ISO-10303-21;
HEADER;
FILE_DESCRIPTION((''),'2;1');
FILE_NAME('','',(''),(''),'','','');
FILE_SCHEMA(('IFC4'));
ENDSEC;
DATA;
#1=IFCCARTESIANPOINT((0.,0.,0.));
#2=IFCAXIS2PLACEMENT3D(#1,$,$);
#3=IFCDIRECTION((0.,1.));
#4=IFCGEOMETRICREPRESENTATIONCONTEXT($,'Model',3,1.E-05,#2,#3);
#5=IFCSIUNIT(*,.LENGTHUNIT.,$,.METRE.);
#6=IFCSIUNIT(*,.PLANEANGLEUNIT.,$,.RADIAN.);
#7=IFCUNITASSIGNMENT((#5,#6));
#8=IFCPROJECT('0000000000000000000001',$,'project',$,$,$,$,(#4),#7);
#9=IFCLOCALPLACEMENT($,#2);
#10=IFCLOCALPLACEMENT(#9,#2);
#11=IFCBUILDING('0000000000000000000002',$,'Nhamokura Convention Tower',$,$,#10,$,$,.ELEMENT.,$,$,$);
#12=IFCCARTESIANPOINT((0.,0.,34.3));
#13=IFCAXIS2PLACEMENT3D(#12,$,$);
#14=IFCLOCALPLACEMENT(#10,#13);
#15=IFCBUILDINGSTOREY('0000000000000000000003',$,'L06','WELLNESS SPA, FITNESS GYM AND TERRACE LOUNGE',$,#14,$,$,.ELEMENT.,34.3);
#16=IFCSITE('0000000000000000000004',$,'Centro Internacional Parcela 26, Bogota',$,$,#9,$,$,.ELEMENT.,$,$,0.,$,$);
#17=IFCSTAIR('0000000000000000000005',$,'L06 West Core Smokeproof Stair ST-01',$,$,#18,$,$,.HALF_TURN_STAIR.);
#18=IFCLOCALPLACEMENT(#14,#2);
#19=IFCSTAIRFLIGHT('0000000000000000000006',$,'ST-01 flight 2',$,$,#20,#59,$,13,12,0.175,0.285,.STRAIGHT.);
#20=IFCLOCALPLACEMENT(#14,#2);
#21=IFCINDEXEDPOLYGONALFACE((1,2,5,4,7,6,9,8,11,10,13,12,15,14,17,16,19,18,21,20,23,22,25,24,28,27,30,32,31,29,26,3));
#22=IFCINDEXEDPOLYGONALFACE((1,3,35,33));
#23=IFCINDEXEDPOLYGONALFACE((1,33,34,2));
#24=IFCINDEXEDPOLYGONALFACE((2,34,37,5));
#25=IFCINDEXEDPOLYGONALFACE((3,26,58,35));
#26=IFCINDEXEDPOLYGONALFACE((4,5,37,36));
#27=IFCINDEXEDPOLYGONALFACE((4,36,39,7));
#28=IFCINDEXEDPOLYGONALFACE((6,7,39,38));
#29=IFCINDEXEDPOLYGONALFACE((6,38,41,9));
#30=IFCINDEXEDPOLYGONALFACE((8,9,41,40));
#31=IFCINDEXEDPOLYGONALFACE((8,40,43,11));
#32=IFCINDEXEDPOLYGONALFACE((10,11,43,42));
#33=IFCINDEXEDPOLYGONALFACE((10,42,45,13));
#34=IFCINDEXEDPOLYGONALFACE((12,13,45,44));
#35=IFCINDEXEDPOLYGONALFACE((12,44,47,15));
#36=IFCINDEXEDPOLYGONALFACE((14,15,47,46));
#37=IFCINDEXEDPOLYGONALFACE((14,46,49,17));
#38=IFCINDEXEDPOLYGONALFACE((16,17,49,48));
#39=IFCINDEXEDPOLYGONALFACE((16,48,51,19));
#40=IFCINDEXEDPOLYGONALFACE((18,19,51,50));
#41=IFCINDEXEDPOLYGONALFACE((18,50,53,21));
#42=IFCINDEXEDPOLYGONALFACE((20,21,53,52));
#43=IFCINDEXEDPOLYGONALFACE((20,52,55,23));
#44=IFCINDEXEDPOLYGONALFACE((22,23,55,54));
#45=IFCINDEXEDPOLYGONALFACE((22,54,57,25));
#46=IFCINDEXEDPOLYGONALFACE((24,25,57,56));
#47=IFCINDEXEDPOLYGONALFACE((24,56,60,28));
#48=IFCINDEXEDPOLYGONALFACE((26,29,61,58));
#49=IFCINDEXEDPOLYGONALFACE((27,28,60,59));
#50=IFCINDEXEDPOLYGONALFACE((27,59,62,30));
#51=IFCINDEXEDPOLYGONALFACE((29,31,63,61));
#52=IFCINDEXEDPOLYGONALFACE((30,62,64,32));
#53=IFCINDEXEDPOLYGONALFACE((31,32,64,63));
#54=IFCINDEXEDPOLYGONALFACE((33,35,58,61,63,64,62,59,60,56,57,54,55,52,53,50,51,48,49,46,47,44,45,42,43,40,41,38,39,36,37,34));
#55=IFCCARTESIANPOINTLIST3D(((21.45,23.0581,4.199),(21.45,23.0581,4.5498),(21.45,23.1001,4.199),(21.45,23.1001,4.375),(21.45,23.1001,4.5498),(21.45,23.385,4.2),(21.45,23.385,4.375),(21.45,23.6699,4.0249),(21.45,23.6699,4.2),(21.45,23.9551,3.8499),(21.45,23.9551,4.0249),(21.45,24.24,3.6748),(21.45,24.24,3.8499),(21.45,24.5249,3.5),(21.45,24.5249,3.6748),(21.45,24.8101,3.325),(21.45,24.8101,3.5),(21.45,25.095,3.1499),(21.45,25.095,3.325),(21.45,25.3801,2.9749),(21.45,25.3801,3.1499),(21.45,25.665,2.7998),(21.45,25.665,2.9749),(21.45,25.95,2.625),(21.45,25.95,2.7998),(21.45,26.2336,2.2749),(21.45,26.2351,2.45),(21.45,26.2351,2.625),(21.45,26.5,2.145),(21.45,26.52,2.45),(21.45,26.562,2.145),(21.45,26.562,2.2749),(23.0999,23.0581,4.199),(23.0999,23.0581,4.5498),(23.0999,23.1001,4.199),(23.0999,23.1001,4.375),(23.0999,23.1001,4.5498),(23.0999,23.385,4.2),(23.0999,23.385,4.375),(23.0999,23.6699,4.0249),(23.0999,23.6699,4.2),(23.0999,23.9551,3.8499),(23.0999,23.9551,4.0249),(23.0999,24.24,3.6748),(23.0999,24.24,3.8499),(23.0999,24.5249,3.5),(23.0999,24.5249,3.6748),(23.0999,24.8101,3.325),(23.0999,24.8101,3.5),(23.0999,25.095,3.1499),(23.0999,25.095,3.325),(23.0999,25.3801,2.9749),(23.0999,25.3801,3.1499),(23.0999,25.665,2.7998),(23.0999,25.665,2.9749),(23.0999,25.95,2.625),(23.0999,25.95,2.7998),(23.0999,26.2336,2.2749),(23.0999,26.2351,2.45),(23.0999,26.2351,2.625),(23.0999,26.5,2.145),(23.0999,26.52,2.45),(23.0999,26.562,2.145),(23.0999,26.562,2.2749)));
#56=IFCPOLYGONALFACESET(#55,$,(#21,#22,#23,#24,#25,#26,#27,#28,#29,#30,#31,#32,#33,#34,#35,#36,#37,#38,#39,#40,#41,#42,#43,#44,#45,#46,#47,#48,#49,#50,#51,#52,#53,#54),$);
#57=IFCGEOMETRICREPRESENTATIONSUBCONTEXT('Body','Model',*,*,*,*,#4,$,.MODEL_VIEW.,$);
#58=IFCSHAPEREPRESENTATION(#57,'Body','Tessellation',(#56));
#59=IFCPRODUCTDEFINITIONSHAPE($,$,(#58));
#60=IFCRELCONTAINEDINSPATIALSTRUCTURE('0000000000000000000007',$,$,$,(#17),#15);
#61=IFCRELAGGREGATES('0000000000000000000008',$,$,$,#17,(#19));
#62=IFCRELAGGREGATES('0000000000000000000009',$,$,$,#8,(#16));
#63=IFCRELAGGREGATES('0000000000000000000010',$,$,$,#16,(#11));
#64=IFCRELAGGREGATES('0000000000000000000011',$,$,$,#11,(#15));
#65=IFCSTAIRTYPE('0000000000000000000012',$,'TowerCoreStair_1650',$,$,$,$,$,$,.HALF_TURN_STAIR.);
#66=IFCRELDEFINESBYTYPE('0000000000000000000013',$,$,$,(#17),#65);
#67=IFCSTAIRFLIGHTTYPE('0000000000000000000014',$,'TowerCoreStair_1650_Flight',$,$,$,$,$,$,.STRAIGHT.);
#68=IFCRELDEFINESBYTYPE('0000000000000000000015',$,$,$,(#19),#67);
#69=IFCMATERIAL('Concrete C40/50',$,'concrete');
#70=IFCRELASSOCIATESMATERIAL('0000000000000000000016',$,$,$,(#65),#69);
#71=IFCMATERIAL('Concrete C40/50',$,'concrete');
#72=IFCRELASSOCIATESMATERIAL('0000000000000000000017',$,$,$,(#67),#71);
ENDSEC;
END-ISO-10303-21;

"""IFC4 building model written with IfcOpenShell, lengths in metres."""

from ifc_helpers import new_model, si_unit, direction, frame, origin, place, context, subcontext, project, spatial, polyline, outline, extrude, material, type_object, element, aggregate, save


model = new_model("IFC4")

# Units and contexts
model_context = context("Model", 3, precision=1e-05, world=origin(), true_north=direction((0.0, 1.0)))
body_context = subcontext(model_context, "Body", "Model", "MODEL_VIEW")
ifc_project = project(units=[si_unit("LENGTHUNIT", "METRE"), si_unit("PLANEANGLEUNIT", "RADIAN")], contexts=[model_context])

# Site, building, storey
site_placement = place(None, origin())
site = spatial("IfcSite", under=ifc_project, at=site_placement, Name="Centro Internacional Parcela 26, Bogota", CompositionType="ELEMENT", RefElevation=0.0)
building_placement = place(site_placement, origin())
building = spatial("IfcBuilding", under=site, at=building_placement, Name="Nhamokura Convention Tower", CompositionType="ELEMENT")
storey_placement = place(building_placement, frame((0.0, 0.0, 34.3)))
storey = spatial("IfcBuildingStorey", under=building, at=storey_placement, Name="L06", Description="WELLNESS SPA, FITNESS GYM AND TERRACE LOUNGE", CompositionType="ELEMENT", Elevation=34.3)

# Stair, stair flight
ifc_material_1 = material(Name="Concrete C40/50", Category="concrete")
stair_type = type_object("IfcStairType", Name="TowerCoreStair_1650", PredefinedType="HALF_TURN_STAIR", material=ifc_material_1)
stair_placement = place(storey_placement, origin())
stair = element("IfcStair", 1, at=stair_placement, inside=storey, type_object=stair_type, Name="L06 West Core Smokeproof Stair ST-01", PredefinedType="HALF_TURN_STAIR")
ifc_material_2 = material(Name="Concrete C40/50", Category="concrete")
stair_flight_type = type_object("IfcStairFlightType", Name="TowerCoreStair_1650_Flight", PredefinedType="STRAIGHT", material=ifc_material_2)
stair_flight_placement = place(storey_placement, frame((22.2749, 26.52, 2.2749), z_axis=(0.0, 0.0, 1.0), x_axis=(0.0, -1.0, 0.0)))
stair_flight = element("IfcStairFlight", 2, at=stair_flight_placement, type_object=stair_flight_type, Name="ST-01 flight 2", NumberOfRisers=13, NumberOfTreads=12, PredefinedType="STRAIGHT", RiserHeight=0.175, TreadLength=0.285, context=body_context, shape_type="SweptSolid", body=[
    extrude(outline(polyline([(-0.042, 0.0), (0.0, 0.175), (0.2849, 0.175), (0.2849, 0.3501), (0.5701, 0.3501), (0.5701, 0.5249), (0.855, 0.5249), (0.855, 0.7), (1.1399, 0.7), (1.1399, 0.875), (1.425, 0.875), (1.425, 1.05), (1.71, 1.05), (1.71, 1.2251), (1.9951, 1.2251), (1.9951, 1.3999), (2.28, 1.3999), (2.28, 1.575), (2.5649, 1.575), (2.5649, 1.75), (2.8501, 1.75), (2.8501, 1.925), (3.135, 1.925), (3.135, 2.1001), (3.4199, 2.1001), (3.4199, 2.2749), (3.4619, 2.2749), (3.4619, 1.9241), (3.4199, 1.9241), (0.2864, 0.0), (0.02, -0.1299), (-0.042, -0.1299), (-0.042, 0.0)])), frame((0.0, 0.825, 0.0), z_axis=(0.0, -1.0, 0.0), x_axis=(1.0, 0.0, 0.0)), (0.0, 0.0, 1.0), 1.6499),
])
aggregate(stair, [stair_flight])

save(model, "model.ifc")
